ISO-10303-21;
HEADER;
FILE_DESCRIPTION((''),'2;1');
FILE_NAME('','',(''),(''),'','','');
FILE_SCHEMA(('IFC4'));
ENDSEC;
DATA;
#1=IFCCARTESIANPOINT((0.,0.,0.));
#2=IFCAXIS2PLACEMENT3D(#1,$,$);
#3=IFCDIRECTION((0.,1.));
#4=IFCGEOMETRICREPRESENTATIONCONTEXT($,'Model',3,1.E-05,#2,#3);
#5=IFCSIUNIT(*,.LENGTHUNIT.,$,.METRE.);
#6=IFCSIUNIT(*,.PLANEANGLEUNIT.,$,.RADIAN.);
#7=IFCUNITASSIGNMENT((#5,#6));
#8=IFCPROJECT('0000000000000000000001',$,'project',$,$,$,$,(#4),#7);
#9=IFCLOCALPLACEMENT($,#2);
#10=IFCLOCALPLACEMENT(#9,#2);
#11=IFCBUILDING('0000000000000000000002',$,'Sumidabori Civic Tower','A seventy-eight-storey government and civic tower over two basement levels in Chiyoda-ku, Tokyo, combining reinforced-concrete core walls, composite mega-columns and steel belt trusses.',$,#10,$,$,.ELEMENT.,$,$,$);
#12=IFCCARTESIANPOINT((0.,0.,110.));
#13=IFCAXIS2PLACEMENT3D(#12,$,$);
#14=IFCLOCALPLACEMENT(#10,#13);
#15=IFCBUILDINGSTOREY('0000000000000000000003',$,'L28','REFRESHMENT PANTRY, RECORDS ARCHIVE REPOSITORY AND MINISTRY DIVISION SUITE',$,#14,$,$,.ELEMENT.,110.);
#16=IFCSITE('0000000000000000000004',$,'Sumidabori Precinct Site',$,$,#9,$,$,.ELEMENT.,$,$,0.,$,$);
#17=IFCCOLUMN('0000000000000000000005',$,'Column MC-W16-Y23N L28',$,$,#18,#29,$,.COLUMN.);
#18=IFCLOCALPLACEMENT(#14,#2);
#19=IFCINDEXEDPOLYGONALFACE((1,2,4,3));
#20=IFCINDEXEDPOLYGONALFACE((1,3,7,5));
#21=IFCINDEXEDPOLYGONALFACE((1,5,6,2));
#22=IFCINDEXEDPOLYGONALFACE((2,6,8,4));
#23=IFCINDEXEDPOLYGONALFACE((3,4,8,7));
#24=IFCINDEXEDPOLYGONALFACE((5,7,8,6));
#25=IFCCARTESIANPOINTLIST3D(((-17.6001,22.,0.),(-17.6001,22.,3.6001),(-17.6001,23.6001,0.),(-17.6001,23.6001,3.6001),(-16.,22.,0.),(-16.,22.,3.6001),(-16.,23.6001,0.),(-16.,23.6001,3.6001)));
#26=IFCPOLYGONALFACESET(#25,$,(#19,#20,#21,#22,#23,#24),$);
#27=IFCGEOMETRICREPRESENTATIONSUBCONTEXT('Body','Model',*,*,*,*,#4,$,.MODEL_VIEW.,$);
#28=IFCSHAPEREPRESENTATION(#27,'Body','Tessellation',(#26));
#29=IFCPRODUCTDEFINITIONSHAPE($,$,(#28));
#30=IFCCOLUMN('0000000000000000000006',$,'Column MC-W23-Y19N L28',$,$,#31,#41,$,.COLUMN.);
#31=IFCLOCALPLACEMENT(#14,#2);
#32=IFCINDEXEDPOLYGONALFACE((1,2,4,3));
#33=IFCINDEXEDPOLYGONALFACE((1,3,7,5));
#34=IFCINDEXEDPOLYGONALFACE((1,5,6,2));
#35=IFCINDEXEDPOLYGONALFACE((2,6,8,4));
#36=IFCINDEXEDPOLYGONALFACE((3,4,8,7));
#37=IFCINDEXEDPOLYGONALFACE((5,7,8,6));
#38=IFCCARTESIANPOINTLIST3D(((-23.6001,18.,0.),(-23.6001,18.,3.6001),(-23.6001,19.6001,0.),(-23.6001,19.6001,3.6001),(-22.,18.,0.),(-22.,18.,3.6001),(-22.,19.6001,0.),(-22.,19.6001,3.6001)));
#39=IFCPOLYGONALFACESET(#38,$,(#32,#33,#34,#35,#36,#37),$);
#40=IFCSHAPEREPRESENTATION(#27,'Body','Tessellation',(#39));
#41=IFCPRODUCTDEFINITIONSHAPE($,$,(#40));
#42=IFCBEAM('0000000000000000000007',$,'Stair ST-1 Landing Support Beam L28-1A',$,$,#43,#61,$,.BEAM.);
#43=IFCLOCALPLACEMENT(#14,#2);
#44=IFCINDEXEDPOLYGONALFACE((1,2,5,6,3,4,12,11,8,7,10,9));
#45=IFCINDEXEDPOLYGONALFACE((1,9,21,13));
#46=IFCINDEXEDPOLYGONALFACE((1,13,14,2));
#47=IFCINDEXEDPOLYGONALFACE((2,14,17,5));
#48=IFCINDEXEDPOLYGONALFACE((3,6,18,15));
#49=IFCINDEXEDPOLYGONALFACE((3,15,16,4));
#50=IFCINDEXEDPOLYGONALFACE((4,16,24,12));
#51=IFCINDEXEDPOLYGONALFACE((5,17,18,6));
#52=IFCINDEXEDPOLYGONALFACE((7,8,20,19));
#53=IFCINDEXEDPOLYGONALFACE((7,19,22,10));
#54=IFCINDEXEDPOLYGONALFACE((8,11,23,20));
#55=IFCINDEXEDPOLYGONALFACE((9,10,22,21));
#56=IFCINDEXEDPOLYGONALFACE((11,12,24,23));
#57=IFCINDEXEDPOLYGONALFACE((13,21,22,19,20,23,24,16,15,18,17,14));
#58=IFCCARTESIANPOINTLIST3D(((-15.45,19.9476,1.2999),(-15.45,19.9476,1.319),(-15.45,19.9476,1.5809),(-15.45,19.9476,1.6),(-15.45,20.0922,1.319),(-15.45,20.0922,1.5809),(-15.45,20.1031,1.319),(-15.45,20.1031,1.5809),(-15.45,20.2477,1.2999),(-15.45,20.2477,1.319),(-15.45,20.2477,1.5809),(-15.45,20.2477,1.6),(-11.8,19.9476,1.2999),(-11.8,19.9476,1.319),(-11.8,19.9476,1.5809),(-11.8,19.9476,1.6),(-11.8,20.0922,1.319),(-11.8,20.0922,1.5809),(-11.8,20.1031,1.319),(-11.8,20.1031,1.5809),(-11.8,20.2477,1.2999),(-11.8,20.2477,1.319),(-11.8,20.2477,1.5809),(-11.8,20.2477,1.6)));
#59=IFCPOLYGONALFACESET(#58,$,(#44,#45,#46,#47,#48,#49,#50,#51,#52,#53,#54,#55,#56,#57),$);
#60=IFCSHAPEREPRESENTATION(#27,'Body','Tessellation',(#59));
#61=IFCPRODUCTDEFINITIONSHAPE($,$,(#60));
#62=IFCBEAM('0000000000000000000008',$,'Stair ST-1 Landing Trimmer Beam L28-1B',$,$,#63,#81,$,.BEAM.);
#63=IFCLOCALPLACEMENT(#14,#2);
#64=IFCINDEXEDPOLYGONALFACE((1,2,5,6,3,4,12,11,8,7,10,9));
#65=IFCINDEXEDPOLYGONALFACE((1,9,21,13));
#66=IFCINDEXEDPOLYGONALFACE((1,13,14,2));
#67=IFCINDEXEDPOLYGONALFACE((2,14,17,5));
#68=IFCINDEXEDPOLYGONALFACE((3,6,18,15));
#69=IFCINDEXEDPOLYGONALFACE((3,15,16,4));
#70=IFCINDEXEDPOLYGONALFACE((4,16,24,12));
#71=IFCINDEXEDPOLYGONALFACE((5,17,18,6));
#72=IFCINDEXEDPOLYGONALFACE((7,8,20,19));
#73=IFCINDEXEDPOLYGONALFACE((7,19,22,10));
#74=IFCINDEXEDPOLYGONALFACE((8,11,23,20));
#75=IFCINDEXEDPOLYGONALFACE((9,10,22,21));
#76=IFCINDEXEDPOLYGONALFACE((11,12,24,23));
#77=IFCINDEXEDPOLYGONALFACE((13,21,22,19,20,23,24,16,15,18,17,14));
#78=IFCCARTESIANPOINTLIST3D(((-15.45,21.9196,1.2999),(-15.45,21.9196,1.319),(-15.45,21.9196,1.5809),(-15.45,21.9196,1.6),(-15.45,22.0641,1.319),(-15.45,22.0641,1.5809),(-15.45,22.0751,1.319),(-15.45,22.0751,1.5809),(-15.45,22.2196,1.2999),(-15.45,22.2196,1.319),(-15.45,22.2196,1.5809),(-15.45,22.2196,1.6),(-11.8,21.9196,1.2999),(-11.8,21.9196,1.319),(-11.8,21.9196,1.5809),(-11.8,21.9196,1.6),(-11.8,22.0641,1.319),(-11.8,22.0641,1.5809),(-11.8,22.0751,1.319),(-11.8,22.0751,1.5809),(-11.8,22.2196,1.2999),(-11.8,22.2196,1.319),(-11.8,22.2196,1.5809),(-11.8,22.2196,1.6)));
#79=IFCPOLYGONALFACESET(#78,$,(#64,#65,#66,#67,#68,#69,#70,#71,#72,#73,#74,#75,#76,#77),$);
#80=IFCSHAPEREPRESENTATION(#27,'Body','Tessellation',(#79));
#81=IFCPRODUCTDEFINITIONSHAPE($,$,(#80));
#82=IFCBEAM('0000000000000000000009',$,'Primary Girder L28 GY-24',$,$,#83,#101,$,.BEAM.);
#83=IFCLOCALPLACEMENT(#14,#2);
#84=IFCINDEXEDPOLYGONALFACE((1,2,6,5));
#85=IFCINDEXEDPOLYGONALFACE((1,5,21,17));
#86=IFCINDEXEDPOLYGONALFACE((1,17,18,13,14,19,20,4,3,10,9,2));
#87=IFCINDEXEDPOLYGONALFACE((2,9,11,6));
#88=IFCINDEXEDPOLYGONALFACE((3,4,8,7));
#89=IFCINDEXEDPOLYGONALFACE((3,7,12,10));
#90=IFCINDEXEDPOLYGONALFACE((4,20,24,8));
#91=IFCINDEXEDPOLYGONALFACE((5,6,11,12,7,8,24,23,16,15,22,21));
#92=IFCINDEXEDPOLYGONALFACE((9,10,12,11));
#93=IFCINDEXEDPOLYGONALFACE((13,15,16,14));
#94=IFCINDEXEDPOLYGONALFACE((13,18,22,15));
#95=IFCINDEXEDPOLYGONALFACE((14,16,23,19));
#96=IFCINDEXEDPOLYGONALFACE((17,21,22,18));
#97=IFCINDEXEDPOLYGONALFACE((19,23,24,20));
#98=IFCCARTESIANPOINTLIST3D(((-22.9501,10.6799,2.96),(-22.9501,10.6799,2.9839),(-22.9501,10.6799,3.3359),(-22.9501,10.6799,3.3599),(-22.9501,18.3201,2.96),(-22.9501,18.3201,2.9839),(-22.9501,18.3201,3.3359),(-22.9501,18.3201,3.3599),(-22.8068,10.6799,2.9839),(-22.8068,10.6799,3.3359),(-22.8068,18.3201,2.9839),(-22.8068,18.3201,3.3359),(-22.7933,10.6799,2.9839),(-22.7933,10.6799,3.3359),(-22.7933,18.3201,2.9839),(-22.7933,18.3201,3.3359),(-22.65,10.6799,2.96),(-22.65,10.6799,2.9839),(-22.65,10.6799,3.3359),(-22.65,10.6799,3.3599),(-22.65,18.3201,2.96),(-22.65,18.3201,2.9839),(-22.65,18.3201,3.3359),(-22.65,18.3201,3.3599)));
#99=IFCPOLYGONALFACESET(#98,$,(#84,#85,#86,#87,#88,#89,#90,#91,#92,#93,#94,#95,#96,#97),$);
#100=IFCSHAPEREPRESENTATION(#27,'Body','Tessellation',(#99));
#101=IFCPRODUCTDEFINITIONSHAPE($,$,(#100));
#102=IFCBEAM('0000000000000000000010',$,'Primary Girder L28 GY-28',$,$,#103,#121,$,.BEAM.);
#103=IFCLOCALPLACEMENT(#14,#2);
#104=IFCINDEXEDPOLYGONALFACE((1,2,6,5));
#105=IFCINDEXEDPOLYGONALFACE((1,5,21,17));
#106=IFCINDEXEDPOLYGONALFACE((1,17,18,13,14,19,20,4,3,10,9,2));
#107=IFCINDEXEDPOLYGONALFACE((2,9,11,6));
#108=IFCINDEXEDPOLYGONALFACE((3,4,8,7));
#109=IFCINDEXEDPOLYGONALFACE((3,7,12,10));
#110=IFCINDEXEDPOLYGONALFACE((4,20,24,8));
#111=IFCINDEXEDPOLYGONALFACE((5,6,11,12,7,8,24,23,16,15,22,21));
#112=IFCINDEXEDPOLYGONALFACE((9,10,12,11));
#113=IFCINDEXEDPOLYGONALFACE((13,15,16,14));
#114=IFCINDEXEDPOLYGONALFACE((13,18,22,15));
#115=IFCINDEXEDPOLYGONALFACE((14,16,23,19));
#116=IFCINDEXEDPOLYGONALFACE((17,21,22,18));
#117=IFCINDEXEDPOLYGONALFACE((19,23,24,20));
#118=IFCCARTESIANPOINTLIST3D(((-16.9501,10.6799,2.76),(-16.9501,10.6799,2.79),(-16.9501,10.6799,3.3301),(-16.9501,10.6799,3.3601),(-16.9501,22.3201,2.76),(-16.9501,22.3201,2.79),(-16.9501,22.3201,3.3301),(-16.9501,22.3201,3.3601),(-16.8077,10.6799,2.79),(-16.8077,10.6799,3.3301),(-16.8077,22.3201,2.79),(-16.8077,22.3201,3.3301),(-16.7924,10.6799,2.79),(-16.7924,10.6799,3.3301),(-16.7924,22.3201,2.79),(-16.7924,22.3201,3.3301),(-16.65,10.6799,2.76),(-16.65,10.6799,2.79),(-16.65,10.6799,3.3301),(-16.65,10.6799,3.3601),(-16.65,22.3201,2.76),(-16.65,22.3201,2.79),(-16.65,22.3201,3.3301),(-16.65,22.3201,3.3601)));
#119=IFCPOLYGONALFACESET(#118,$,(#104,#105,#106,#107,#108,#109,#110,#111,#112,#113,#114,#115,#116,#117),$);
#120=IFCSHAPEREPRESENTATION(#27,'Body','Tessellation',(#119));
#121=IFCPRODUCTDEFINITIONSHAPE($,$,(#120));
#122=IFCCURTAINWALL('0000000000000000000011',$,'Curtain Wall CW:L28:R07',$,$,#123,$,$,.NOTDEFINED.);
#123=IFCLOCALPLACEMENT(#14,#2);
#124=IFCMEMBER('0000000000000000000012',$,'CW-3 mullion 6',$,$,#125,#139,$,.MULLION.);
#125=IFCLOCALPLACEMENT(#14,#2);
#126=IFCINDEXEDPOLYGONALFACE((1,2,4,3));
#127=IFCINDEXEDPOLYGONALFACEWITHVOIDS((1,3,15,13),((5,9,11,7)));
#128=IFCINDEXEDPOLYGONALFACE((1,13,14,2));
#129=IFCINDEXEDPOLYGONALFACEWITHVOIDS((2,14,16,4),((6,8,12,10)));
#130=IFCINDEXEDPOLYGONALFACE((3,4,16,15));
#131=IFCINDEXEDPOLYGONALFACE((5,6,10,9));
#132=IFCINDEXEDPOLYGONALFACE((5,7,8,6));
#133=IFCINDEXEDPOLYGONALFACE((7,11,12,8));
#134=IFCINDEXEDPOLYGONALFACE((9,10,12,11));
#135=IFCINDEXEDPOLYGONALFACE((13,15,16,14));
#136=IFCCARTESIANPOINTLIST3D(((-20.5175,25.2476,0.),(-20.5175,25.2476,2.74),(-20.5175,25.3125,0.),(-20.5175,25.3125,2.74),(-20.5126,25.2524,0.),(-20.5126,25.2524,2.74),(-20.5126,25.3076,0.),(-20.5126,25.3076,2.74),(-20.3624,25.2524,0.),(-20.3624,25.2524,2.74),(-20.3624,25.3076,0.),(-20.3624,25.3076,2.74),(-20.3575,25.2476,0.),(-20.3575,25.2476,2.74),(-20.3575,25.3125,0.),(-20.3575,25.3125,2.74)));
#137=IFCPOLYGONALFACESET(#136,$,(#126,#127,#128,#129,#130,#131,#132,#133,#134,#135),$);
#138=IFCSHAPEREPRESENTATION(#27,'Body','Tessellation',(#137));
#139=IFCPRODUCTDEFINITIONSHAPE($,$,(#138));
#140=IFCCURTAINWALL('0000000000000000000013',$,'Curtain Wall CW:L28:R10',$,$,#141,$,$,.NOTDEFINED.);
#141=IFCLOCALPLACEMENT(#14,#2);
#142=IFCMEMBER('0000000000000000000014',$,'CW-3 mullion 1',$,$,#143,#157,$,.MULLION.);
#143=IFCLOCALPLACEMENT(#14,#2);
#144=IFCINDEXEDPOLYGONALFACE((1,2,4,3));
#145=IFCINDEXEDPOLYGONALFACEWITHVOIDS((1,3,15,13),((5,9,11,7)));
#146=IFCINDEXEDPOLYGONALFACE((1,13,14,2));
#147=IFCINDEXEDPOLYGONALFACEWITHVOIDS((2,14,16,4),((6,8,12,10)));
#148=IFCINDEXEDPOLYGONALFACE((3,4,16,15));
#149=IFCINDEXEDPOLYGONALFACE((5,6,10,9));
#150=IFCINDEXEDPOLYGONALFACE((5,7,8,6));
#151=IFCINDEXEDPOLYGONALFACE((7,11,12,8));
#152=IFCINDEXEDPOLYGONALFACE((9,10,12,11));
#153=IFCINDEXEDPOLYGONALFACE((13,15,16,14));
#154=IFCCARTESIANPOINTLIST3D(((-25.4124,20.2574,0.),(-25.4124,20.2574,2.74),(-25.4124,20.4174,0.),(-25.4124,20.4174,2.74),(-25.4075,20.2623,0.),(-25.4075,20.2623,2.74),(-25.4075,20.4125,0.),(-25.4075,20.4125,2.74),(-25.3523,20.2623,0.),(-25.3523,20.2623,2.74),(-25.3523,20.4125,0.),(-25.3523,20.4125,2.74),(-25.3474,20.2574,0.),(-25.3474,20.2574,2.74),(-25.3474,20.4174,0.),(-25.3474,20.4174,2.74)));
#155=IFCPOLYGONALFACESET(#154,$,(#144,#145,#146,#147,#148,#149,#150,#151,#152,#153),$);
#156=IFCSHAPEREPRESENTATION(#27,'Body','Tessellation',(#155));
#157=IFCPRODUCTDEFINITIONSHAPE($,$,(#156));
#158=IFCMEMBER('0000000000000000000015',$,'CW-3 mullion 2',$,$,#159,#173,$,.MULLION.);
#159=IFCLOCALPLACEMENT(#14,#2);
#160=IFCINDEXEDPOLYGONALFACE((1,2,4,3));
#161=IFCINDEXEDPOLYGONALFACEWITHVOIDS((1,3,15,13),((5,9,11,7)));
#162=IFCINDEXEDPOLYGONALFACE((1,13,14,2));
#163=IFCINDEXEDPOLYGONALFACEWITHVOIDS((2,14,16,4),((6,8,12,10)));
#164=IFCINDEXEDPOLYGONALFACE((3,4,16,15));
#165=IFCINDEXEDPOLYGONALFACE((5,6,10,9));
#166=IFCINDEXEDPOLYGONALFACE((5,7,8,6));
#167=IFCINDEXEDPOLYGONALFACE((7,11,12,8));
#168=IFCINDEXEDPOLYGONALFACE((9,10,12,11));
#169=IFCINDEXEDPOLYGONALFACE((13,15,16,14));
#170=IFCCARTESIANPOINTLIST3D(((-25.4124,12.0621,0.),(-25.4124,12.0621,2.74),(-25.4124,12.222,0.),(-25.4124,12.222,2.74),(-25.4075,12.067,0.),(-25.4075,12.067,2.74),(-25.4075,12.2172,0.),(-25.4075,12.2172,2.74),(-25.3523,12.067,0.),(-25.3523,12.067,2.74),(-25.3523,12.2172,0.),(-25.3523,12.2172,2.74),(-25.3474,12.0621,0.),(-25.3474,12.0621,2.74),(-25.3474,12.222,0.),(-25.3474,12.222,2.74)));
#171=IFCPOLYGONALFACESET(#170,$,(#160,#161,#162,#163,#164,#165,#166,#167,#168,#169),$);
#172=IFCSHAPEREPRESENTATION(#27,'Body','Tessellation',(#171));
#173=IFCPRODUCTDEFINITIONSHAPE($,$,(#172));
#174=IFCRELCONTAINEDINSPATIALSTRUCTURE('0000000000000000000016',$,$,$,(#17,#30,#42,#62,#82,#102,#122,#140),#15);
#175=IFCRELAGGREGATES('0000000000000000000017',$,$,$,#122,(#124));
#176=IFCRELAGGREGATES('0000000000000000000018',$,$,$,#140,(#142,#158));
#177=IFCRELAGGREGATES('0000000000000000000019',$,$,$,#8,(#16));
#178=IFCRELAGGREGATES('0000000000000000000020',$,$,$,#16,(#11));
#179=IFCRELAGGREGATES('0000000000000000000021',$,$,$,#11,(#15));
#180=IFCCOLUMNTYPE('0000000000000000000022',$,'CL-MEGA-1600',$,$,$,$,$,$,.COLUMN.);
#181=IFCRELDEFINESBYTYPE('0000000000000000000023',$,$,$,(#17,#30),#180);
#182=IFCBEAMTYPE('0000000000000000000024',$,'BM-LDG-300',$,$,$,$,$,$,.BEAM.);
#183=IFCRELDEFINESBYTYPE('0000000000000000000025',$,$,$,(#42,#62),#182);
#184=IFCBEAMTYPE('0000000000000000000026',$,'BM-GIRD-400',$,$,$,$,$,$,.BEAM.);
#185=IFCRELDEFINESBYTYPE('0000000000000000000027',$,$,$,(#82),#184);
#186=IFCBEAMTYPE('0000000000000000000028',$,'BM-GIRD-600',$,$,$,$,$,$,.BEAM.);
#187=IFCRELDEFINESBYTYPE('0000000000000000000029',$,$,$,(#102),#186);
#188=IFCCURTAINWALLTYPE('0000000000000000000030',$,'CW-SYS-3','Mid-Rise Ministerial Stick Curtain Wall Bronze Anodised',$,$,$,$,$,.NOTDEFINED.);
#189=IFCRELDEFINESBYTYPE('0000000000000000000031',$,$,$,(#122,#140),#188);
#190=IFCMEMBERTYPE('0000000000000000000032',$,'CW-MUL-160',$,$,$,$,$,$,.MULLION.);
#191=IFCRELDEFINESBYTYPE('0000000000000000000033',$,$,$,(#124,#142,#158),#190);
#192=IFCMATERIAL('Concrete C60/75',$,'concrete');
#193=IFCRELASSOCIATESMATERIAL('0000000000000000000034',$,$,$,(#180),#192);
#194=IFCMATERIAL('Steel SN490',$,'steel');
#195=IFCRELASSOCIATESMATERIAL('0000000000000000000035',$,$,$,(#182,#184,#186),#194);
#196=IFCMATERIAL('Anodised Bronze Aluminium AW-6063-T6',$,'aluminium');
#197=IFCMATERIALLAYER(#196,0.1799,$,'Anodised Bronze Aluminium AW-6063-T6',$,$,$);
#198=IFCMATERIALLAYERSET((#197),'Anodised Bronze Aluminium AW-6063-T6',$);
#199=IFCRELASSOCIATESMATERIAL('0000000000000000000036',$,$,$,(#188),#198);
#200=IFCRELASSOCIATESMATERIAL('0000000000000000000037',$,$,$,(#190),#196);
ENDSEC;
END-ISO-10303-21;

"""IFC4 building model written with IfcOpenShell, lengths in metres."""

from ifc_helpers import new_model, si_unit, direction, frame, origin, origin_2d, place, context, subcontext, project, spatial, rectangle, hollow_rectangle, i_section, extrude, source, transform, mapped, material, layer, layer_set, material_profile, profile_set, type_object, element, aggregate, save


model = new_model("IFC4")

# Units and contexts
model_context = context("Model", 3, precision=1e-05, world=origin(), true_north=direction((0.0, 1.0)))
body_context = subcontext(model_context, "Body", "Model", "MODEL_VIEW")
ifc_project = project(units=[si_unit("LENGTHUNIT", "METRE"), si_unit("PLANEANGLEUNIT", "RADIAN")], contexts=[model_context])

# Site, building, storey
site_placement = place(None, origin())
site = spatial("IfcSite", under=ifc_project, at=site_placement, Name="Sumidabori Precinct Site", CompositionType="ELEMENT", RefElevation=0.0)
building_placement = place(site_placement, origin())
building = spatial("IfcBuilding", under=site, at=building_placement, Name="Sumidabori Civic Tower", Description="A seventy-eight-storey government and civic tower over two basement levels in Chiyoda-ku, Tokyo, combining reinforced-concrete core walls, composite mega-columns and steel belt trusses.", CompositionType="ELEMENT")
storey_placement = place(building_placement, frame((0.0, 0.0, 110.0)))
storey = spatial("IfcBuildingStorey", under=building, at=storey_placement, Name="L28", Description="REFRESHMENT PANTRY, RECORDS ARCHIVE REPOSITORY AND MINISTRY DIVISION SUITE", CompositionType="ELEMENT", Elevation=110.0)

# Columns
ifc_material_1 = material(Name="Concrete C60/75", Category="concrete")
ifc_material_profile_1 = material_profile(ifc_material_1, rectangle(XDim=1.6001, YDim=1.6001, at=origin_2d()), Name="RC 1600x1600")
ifc_profile_set_1 = profile_set([ifc_material_profile_1], Name="Concrete C60/75")
column_type = type_object("IfcColumnType", Name="CL-MEGA-1600", PredefinedType="COLUMN", material=ifc_profile_set_1)
shared_shape_1 = source(origin(), body_context, "Body", "SweptSolid", [
    extrude(rectangle(XDim=1.6001, YDim=1.6001, at=origin_2d()), origin(), (0.0, 0.0, 1.0), 3.6001),
])
for number, where, z_axis, x_axis, name in (
    (1, (-16.8, 22.8, 0.0), (0.0, 0.0, 1.0), (1.0, 0.0, 0.0), "Column MC-W16-Y23N L28"),
    (2, (-22.8, 18.8, 0.0), (0.0, 0.0, 1.0), (1.0, 0.0, 0.0), "Column MC-W23-Y19N L28"),
):
    element("IfcColumn", number, at=place(storey_placement, frame(where, z_axis=z_axis, x_axis=x_axis)), inside=storey, type_object=column_type, Name=name, PredefinedType="COLUMN", context=body_context, shape_type="MappedRepresentation", body=[
        mapped(shared_shape_1, transform((0.0, 0.0, 0.0), x_axis=(1.0, 0.0, 0.0), y_axis=(0.0, 1.0, 0.0), z_axis=(0.0, 0.0, 1.0), scale=1.0)),
    ])

# Beams
ifc_material_2 = material(Name="Steel SN490", Category="steel")
ifc_material_profile_2 = material_profile(ifc_material_2, i_section(OverallWidth=0.3, OverallDepth=0.3, WebThickness=0.011, FlangeThickness=0.019, at=origin_2d()), Name="HE 300 B")
ifc_profile_set_2 = profile_set([ifc_material_profile_2], Name="Steel SN490")
beam_type_1 = type_object("IfcBeamType", Name="BM-LDG-300", PredefinedType="BEAM", material=ifc_profile_set_2)
shared_shape_2 = source(origin(), body_context, "Body", "SweptSolid", [
    extrude(i_section(OverallWidth=0.3, OverallDepth=0.3, WebThickness=0.011, FlangeThickness=0.019, at=origin_2d()), origin(), (0.0, 0.0, 1.0), 3.6499),
])
for number, where, z_axis, x_axis, name in (
    (3, (-15.45, 20.0977, 1.45), (1.0, 0.0, 0.0), (0.0, 1.0, 0.0), "Stair ST-1 Landing Support Beam L28-1A"),
    (4, (-15.45, 22.0696, 1.45), (1.0, 0.0, 0.0), (0.0, 1.0, 0.0), "Stair ST-1 Landing Trimmer Beam L28-1B"),
):
    element("IfcBeam", number, at=place(storey_placement, frame(where, z_axis=z_axis, x_axis=x_axis)), inside=storey, type_object=beam_type_1, Name=name, PredefinedType="BEAM", context=body_context, shape_type="MappedRepresentation", body=[
        mapped(shared_shape_2, transform((0.0, 0.0, 0.0), x_axis=(1.0, 0.0, 0.0), y_axis=(0.0, 1.0, 0.0), z_axis=(0.0, 0.0, 1.0), scale=1.0)),
    ])
ifc_material_profile_3 = material_profile(ifc_material_2, i_section(OverallWidth=0.3, OverallDepth=0.3999, WebThickness=0.0134, FlangeThickness=0.0239, at=origin_2d()), Name="HE 400 B")
ifc_profile_set_3 = profile_set([ifc_material_profile_3], Name="Steel SN490")
beam_type_2 = type_object("IfcBeamType", Name="BM-GIRD-400", PredefinedType="BEAM", material=ifc_profile_set_3)
shared_shape_3 = source(origin(), body_context, "Body", "SweptSolid", [
    extrude(i_section(OverallWidth=0.3, OverallDepth=0.3999, WebThickness=0.0134, FlangeThickness=0.0239, at=origin_2d()), origin(), (0.0, 0.0, 1.0), 7.6401),
])
beam_1_placement = place(storey_placement, frame((-22.8, 10.6799, 3.1599), z_axis=(0.0, 1.0, 0.0), x_axis=(-1.0, 0.0, 0.0)))
element("IfcBeam", 5, at=beam_1_placement, inside=storey, type_object=beam_type_2, Name="Primary Girder L28 GY-24", PredefinedType="BEAM", context=body_context, shape_type="MappedRepresentation", body=[
    mapped(shared_shape_3, transform((0.0, 0.0, 0.0), x_axis=(1.0, 0.0, 0.0), y_axis=(0.0, 1.0, 0.0), z_axis=(0.0, 0.0, 1.0), scale=1.0)),
])
ifc_material_profile_4 = material_profile(ifc_material_2, i_section(OverallWidth=0.3, OverallDepth=0.6001, WebThickness=0.0154, FlangeThickness=0.03, at=origin_2d()), Name="HE 600 B")
ifc_profile_set_4 = profile_set([ifc_material_profile_4], Name="Steel SN490")
beam_type_3 = type_object("IfcBeamType", Name="BM-GIRD-600", PredefinedType="BEAM", material=ifc_profile_set_4)
shared_shape_4 = source(origin(), body_context, "Body", "SweptSolid", [
    extrude(i_section(OverallWidth=0.3, OverallDepth=0.6001, WebThickness=0.0154, FlangeThickness=0.03, at=origin_2d()), origin(), (0.0, 0.0, 1.0), 11.6401),
])
beam_2_placement = place(storey_placement, frame((-16.8, 10.6799, 3.0601), z_axis=(0.0, 1.0, 0.0), x_axis=(-1.0, 0.0, 0.0)))
element("IfcBeam", 6, at=beam_2_placement, inside=storey, type_object=beam_type_3, Name="Primary Girder L28 GY-28", PredefinedType="BEAM", context=body_context, shape_type="MappedRepresentation", body=[
    mapped(shared_shape_4, transform((0.0, 0.0, 0.0), x_axis=(1.0, 0.0, 0.0), y_axis=(0.0, 1.0, 0.0), z_axis=(0.0, 0.0, 1.0), scale=1.0)),
])

# Curtain wall, member
ifc_material_3 = material(Name="Anodised Bronze Aluminium AW-6063-T6", Category="aluminium")
ifc_layer_1 = layer(ifc_material_3, 0.1799, Name="Anodised Bronze Aluminium AW-6063-T6")
ifc_layer_set_1 = layer_set([ifc_layer_1], Name="Anodised Bronze Aluminium AW-6063-T6")
curtain_wall_type = type_object("IfcCurtainWallType", Name="CW-SYS-3", Description="Mid-Rise Ministerial Stick Curtain Wall Bronze Anodised", PredefinedType="NOTDEFINED", material=ifc_layer_set_1)
curtain_wall_1_placement = place(storey_placement, origin())
curtain_wall_1 = element("IfcCurtainWall", 7, at=curtain_wall_1_placement, inside=storey, type_object=curtain_wall_type, Name="Curtain Wall CW:L28:R07", PredefinedType="NOTDEFINED")
ifc_material_profile_5 = material_profile(ifc_material_3, hollow_rectangle(XDim=0.0649, YDim=0.1599, WallThickness=0.0049, at=origin_2d()), Name="ALU MULLION 160x65")
ifc_profile_set_5 = profile_set([ifc_material_profile_5], Name="Anodised Bronze Aluminium AW-6063-T6")
member_type_1 = type_object("IfcMemberType", Name="CW-MUL-160", PredefinedType="MULLION", material=ifc_profile_set_5)
shared_shape_5 = source(origin(), body_context, "Body", "SweptSolid", [
    extrude(hollow_rectangle(XDim=0.0649, YDim=0.1599, WallThickness=0.0049, at=origin_2d()), origin(), (0.0, 0.0, 1.0), 2.74),
])
member_1_placement = place(storey_placement, frame((-20.4375, 25.28, 0.0), z_axis=(0.0, 0.0, 1.0), x_axis=(0.0, -1.0, 0.0)))
member_1 = element("IfcMember", 8, at=member_1_placement, type_object=member_type_1, Name="CW-3 mullion 6", PredefinedType="MULLION", context=body_context, shape_type="MappedRepresentation", body=[
    mapped(shared_shape_5, transform((0.0, 0.0, 0.0), x_axis=(1.0, 0.0, 0.0), y_axis=(0.0, 1.0, 0.0), z_axis=(0.0, 0.0, 1.0), scale=1.0)),
])

# Curtain wall, members
curtain_wall_2_placement = place(storey_placement, origin())
curtain_wall_2 = element("IfcCurtainWall", 9, at=curtain_wall_2_placement, inside=storey, type_object=curtain_wall_type, Name="Curtain Wall CW:L28:R10", PredefinedType="NOTDEFINED")
member_2_placement = place(storey_placement, frame((-25.3799, 20.3374, 0.0), z_axis=(0.0, 0.0, 1.0), x_axis=(1.0, 0.0, 0.0)))
member_2 = element("IfcMember", 10, at=member_2_placement, type_object=member_type_1, Name="CW-3 mullion 1", PredefinedType="MULLION", context=body_context, shape_type="MappedRepresentation", body=[
    mapped(shared_shape_5, transform((0.0, 0.0, 0.0), x_axis=(1.0, 0.0, 0.0), y_axis=(0.0, 1.0, 0.0), z_axis=(0.0, 0.0, 1.0), scale=1.0)),
])
member_3_placement = place(storey_placement, frame((-25.3799, 12.1421, 0.0), z_axis=(0.0, 0.0, 1.0), x_axis=(1.0, 0.0, 0.0)))
member_3 = element("IfcMember", 11, at=member_3_placement, type_object=member_type_1, Name="CW-3 mullion 2", PredefinedType="MULLION", context=body_context, shape_type="MappedRepresentation", body=[
    mapped(shared_shape_5, transform((0.0, 0.0, 0.0), x_axis=(1.0, 0.0, 0.0), y_axis=(0.0, 1.0, 0.0), z_axis=(0.0, 0.0, 1.0), scale=1.0)),
])

aggregate(curtain_wall_1, [member_1])
aggregate(curtain_wall_2, [member_2, member_3])

save(model, "model.ifc")
